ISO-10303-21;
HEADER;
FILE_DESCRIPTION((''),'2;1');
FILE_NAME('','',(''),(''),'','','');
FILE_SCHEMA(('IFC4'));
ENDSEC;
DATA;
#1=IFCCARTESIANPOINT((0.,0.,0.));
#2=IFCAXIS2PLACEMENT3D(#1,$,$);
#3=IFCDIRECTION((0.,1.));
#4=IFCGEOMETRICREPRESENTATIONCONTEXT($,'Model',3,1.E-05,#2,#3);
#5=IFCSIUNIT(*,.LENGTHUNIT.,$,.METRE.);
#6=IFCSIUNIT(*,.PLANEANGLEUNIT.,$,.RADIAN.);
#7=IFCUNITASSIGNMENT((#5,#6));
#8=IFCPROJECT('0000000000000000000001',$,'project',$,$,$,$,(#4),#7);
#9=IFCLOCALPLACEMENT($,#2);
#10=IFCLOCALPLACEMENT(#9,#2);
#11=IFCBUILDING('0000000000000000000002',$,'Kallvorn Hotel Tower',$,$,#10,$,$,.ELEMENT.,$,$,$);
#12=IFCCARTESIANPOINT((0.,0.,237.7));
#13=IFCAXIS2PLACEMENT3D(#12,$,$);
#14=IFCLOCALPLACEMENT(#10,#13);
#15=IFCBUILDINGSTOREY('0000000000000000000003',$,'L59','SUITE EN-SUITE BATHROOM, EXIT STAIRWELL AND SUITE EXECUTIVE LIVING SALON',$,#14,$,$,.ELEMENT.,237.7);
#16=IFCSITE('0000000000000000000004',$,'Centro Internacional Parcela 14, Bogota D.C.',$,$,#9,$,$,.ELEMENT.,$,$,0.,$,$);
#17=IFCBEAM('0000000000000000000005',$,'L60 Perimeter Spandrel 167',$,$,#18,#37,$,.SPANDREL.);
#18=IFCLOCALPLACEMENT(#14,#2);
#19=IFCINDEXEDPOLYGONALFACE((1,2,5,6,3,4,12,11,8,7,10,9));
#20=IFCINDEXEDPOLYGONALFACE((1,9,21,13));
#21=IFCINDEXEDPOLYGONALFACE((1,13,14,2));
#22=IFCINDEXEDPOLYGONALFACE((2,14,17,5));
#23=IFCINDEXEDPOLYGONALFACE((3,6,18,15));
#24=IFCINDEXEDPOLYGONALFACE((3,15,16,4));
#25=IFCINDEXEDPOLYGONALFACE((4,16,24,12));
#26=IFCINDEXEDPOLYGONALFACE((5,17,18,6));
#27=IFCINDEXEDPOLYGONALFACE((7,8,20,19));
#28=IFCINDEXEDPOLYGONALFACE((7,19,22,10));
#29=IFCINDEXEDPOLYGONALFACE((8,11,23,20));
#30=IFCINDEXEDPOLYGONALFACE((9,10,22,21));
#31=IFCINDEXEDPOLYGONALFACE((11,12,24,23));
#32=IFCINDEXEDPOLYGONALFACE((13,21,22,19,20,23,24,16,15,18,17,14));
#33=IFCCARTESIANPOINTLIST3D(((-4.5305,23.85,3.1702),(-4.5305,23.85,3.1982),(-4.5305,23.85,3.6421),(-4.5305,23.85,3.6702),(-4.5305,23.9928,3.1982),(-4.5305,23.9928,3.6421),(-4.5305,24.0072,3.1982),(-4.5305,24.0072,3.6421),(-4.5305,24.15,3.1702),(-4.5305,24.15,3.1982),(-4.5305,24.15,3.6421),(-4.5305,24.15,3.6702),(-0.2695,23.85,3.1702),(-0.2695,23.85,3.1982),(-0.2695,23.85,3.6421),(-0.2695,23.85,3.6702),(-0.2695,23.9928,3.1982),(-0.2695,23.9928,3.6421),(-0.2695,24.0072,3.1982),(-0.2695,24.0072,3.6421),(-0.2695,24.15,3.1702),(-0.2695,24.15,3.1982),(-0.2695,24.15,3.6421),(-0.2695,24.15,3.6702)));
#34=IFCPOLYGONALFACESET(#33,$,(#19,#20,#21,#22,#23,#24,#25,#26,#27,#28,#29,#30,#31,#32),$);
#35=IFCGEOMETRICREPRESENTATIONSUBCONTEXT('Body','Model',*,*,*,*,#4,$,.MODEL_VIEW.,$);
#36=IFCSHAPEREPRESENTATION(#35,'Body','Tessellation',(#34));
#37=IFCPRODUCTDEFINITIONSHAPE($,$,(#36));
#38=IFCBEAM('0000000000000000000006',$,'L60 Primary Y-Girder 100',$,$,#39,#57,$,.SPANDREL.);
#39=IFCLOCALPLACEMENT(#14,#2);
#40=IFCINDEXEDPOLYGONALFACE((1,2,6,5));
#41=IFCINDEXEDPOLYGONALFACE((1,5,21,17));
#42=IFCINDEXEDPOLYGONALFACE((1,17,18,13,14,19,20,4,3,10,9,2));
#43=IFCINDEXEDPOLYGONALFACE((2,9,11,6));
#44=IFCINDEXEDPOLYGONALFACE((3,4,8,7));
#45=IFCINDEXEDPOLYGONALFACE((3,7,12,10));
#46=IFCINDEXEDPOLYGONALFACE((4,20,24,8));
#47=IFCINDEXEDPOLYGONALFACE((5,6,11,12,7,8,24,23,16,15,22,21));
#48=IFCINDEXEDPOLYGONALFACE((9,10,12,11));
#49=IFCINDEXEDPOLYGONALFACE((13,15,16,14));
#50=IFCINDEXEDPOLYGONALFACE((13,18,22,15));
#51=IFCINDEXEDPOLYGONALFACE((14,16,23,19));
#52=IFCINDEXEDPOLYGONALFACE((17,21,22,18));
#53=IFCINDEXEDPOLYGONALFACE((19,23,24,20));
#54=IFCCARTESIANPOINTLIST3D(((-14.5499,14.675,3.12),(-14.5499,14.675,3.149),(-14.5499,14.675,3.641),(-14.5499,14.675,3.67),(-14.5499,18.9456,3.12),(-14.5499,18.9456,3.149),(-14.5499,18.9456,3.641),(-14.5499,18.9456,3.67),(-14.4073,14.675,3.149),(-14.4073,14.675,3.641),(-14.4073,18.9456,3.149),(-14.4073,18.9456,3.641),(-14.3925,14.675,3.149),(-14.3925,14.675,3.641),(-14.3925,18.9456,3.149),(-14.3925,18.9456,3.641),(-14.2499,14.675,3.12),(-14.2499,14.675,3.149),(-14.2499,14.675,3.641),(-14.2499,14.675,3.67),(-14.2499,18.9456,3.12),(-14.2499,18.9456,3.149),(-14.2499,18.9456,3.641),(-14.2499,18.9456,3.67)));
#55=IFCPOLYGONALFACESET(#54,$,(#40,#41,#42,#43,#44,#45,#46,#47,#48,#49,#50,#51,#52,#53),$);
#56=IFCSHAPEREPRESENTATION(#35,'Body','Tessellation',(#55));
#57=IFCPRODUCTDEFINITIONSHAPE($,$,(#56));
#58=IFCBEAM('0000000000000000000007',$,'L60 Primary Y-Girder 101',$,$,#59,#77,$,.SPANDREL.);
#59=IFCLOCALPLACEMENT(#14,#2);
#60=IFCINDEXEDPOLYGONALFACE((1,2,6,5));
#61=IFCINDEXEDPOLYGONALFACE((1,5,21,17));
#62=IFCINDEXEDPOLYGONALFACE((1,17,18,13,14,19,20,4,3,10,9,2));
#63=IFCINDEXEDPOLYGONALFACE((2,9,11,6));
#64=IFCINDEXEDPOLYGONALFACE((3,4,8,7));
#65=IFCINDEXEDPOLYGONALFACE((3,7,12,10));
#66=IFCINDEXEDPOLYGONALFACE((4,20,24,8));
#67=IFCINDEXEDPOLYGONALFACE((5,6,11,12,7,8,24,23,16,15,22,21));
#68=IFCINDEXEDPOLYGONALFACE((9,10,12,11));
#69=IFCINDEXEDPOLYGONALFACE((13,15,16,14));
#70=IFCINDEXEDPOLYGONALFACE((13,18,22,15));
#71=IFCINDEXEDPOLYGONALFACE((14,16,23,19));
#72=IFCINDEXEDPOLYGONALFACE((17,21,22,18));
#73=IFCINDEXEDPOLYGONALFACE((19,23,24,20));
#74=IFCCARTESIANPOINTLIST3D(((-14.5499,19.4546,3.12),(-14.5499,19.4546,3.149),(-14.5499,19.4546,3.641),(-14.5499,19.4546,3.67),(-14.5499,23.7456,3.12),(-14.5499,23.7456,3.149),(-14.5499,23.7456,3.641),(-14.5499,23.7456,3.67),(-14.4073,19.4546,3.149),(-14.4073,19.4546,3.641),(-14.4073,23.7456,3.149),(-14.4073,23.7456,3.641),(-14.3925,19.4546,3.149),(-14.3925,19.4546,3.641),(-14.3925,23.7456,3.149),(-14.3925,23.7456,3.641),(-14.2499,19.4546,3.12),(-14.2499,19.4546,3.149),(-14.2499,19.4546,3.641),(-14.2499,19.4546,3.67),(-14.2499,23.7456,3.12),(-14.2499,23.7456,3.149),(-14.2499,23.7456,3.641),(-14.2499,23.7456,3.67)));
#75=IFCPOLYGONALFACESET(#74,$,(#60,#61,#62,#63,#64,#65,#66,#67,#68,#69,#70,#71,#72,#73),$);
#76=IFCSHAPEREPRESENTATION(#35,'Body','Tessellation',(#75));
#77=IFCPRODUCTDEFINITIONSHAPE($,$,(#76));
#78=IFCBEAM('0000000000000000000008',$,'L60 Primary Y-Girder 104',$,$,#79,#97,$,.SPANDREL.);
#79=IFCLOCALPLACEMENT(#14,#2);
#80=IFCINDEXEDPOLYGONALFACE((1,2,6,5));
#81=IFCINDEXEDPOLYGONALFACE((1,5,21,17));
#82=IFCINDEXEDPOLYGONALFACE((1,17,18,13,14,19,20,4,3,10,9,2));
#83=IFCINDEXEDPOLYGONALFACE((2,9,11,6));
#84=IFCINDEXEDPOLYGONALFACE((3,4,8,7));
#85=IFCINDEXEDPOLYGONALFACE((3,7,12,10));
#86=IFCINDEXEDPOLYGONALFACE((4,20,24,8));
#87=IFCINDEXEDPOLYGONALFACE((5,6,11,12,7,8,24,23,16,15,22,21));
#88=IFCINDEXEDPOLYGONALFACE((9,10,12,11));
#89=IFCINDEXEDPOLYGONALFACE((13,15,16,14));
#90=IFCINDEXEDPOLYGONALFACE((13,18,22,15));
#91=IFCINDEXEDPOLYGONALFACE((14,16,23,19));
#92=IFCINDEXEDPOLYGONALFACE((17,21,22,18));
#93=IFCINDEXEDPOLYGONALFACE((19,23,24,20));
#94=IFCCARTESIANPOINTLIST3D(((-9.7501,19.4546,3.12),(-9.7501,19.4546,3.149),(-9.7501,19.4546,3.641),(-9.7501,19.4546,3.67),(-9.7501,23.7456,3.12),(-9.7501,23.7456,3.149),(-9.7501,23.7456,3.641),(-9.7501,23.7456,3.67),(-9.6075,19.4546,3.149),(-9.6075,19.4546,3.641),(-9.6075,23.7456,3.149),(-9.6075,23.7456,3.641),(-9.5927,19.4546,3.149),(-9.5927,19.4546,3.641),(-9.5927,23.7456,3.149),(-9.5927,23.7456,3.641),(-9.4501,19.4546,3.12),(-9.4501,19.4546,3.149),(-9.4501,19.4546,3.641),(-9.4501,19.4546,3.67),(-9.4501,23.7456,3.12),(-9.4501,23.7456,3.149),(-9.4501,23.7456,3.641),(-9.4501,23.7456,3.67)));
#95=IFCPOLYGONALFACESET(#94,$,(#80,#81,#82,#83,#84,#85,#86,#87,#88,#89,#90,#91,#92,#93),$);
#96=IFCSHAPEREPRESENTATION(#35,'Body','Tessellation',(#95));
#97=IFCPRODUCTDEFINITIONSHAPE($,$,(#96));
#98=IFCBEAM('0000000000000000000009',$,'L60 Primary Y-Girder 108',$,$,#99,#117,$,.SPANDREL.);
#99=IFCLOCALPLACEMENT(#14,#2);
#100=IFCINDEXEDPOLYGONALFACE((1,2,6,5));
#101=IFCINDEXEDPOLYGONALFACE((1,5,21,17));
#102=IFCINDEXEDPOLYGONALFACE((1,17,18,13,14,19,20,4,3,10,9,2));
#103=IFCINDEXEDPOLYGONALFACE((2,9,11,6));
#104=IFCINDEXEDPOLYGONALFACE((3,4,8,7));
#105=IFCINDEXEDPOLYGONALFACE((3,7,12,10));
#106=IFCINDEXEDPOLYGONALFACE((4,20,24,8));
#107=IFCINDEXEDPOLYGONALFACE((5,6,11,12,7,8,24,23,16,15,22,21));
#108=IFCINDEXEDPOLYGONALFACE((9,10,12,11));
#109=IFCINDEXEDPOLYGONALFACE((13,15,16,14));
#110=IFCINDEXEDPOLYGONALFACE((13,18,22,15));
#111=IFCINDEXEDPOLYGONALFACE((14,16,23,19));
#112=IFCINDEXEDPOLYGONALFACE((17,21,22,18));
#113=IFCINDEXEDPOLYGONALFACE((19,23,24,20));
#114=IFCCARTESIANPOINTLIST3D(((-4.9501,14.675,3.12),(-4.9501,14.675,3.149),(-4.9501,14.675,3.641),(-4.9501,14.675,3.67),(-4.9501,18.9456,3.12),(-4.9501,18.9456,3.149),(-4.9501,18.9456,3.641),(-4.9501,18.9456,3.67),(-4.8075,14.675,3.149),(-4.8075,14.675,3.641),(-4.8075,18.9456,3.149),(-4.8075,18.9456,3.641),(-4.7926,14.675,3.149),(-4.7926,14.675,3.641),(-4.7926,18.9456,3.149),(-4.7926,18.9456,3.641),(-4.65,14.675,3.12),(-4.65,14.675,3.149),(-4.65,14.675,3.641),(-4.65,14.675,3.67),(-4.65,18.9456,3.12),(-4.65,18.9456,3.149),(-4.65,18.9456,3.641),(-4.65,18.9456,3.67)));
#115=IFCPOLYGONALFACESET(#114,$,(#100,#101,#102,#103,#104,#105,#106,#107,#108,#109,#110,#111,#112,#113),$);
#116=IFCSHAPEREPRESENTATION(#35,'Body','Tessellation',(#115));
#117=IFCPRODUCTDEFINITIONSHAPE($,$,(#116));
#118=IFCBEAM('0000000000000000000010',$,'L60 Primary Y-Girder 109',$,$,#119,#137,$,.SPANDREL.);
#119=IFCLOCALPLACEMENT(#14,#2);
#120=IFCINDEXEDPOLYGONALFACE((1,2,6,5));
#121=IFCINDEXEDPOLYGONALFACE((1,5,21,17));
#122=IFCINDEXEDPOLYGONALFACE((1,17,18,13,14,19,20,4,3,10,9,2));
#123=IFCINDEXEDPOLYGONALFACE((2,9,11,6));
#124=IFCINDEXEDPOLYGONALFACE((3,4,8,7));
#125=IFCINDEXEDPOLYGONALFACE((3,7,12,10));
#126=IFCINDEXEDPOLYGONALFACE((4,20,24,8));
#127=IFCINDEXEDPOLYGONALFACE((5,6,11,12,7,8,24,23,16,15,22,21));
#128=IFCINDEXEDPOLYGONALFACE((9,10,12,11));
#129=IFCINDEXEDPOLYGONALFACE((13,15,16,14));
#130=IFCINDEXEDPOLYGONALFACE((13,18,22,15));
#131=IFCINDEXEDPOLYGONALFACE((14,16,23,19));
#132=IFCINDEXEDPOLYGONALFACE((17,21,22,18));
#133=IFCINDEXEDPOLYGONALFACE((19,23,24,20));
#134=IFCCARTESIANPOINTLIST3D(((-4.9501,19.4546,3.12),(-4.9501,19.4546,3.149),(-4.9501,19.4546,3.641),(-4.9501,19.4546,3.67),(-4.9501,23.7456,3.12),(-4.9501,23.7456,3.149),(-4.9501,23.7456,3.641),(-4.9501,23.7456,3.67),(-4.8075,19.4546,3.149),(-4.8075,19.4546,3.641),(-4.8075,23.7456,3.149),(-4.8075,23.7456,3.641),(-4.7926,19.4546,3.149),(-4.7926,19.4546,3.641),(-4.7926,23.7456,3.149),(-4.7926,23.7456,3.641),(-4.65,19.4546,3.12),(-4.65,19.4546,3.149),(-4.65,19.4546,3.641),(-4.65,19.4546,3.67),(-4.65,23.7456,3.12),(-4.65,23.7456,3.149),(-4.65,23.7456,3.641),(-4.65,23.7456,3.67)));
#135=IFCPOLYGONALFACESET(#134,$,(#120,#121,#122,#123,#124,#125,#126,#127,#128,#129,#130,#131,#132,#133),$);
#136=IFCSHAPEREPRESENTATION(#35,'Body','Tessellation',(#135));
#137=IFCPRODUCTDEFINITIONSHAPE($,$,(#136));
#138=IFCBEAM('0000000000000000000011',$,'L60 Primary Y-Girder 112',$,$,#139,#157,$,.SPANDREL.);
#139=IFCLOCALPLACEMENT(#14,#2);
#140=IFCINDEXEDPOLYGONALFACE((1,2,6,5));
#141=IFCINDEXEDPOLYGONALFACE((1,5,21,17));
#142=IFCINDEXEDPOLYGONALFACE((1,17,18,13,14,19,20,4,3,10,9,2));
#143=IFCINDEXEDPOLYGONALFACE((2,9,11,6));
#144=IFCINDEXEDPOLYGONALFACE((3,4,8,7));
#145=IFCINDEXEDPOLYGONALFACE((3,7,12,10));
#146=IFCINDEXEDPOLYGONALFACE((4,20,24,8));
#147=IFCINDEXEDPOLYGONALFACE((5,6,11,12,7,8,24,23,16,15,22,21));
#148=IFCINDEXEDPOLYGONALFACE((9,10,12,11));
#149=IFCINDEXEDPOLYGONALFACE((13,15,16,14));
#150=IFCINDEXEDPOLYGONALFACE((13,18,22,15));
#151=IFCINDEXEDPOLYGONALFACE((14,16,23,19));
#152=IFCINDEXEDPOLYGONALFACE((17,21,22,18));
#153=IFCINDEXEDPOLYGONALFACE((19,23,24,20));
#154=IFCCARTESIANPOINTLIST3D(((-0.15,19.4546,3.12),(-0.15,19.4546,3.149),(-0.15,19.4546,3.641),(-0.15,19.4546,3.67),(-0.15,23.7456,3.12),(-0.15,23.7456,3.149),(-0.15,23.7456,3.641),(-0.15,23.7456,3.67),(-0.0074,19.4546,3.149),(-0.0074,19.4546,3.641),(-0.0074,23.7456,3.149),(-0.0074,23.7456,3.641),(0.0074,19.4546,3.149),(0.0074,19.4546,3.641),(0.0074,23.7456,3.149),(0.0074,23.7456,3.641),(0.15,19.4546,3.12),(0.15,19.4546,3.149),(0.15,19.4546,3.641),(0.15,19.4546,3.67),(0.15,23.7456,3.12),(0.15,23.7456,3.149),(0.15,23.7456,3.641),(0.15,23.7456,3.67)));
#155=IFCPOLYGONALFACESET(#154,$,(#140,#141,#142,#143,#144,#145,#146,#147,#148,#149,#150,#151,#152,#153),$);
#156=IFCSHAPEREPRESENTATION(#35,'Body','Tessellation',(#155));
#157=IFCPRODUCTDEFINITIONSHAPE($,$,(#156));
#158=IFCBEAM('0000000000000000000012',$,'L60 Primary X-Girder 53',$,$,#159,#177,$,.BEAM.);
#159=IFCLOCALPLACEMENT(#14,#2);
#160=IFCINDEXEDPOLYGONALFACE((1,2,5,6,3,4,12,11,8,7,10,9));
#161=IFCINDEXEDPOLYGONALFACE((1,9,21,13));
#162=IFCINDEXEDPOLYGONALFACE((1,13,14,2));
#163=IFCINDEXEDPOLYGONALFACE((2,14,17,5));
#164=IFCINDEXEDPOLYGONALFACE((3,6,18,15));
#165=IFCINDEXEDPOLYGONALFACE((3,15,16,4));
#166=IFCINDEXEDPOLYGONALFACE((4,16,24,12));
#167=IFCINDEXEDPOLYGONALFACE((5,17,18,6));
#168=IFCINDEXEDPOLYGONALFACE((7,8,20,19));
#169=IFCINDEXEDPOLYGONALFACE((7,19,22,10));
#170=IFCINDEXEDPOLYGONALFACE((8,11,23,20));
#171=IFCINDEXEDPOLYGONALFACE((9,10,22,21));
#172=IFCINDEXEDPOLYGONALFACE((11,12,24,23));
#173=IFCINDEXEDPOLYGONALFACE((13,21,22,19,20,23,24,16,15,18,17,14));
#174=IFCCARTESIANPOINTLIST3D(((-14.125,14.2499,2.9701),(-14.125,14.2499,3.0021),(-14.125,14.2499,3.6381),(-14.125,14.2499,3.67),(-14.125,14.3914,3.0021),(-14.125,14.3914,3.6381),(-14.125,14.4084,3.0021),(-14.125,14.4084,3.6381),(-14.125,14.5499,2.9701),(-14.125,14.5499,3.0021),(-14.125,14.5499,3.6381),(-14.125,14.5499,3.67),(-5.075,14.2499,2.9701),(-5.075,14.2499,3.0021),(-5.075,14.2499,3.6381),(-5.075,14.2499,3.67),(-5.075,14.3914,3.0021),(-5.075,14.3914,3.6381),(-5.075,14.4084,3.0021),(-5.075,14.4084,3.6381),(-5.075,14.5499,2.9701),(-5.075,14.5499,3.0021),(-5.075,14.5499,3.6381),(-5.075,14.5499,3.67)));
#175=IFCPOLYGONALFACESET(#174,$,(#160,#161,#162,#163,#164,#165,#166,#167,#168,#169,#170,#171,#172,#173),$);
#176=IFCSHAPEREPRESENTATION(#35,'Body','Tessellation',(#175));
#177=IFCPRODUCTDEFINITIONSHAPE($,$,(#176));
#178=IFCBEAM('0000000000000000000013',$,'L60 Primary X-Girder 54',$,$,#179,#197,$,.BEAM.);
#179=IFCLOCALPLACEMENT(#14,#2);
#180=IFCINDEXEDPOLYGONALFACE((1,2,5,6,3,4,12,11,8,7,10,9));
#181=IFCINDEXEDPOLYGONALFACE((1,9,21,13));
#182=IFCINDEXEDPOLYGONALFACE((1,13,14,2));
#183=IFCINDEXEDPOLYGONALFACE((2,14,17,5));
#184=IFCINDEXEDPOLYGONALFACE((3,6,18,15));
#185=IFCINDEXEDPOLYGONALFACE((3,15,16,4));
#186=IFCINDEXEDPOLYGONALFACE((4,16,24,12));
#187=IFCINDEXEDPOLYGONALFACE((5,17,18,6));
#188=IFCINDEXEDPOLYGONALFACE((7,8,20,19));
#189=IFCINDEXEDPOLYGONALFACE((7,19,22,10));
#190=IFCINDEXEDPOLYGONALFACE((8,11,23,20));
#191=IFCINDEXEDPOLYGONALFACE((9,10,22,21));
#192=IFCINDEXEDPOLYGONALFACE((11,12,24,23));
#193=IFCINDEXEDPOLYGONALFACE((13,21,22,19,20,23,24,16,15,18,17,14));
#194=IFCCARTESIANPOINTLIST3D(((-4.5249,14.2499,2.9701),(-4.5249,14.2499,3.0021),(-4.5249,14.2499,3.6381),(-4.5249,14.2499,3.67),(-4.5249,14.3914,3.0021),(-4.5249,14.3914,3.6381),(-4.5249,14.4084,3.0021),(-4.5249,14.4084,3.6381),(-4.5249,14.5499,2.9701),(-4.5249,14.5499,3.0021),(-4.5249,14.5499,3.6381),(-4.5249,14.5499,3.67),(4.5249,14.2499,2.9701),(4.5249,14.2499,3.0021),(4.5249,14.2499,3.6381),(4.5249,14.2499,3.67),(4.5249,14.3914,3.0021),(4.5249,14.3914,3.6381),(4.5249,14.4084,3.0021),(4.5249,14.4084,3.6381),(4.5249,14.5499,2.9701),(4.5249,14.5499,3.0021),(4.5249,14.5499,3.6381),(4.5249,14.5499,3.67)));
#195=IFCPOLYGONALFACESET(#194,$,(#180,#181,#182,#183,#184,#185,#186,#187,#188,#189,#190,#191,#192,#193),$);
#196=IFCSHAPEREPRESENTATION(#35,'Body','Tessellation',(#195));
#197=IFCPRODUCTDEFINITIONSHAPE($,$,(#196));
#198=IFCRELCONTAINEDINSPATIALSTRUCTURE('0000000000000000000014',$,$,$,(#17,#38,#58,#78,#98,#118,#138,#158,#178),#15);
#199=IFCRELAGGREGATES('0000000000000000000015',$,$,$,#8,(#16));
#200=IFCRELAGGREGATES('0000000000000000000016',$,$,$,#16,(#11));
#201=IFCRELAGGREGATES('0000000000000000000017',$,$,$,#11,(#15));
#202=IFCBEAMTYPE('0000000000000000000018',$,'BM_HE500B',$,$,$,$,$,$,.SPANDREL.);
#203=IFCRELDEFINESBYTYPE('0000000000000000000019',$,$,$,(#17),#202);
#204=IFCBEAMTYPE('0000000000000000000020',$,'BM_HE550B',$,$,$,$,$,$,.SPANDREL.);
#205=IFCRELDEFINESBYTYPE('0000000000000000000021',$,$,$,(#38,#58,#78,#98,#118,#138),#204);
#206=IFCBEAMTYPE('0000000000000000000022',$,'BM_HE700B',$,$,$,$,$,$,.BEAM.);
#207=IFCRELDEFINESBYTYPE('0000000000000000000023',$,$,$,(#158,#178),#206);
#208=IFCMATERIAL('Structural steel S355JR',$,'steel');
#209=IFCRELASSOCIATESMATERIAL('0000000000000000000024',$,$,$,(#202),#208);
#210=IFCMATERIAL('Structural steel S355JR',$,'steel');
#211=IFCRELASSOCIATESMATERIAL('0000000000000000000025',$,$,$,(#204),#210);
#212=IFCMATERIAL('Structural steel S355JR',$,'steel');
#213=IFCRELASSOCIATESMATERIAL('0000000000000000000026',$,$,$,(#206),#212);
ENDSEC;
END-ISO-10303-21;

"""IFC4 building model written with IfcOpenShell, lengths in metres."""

from ifc_helpers import new_model, si_unit, direction, frame, origin, origin_2d, place, context, subcontext, project, spatial, i_section, extrude, material, material_profile, profile_set, type_object, element, save


model = new_model("IFC4")

# Units and contexts
model_context = context("Model", 3, precision=1e-05, world=origin(), true_north=direction((0.0, 1.0)))
body_context = subcontext(model_context, "Body", "Model", "MODEL_VIEW")
ifc_project = project(units=[si_unit("LENGTHUNIT", "METRE"), si_unit("PLANEANGLEUNIT", "RADIAN")], contexts=[model_context])

# Site, building, storey
site_placement = place(None, origin())
site = spatial("IfcSite", under=ifc_project, at=site_placement, Name="Centro Internacional Parcela 14, Bogota D.C.", CompositionType="ELEMENT", RefElevation=0.0)
building_placement = place(site_placement, origin())
building = spatial("IfcBuilding", under=site, at=building_placement, Name="Kallvorn Hotel Tower", CompositionType="ELEMENT")
storey_placement = place(building_placement, frame((0.0, 0.0, 237.7)))
storey = spatial("IfcBuildingStorey", under=building, at=storey_placement, Name="L59", Description="SUITE EN-SUITE BATHROOM, EXIT STAIRWELL AND SUITE EXECUTIVE LIVING SALON", CompositionType="ELEMENT", Elevation=237.7)

# Beams
ifc_material_1 = material(Name="Structural steel S355JR", Category="steel")
ifc_material_profile_1 = material_profile(ifc_material_1, i_section(OverallWidth=0.3, OverallDepth=0.5, WebThickness=0.0144, FlangeThickness=0.0281, at=origin_2d()), Name="HE 500 B")
ifc_profile_set_1 = profile_set([ifc_material_profile_1], Name="Structural steel S355JR")
beam_type_1 = type_object("IfcBeamType", Name="BM_HE500B", PredefinedType="SPANDREL", material=ifc_profile_set_1)
for number, where, z_axis, x_axis, name in (
    (1, (-4.5305, 24.0, 3.4202), (1.0, 0.0, 0.0), (0.0, 1.0, 0.0), "L60 Perimeter Spandrel 167"),
):
    element("IfcBeam", number, at=place(storey_placement, frame(where, z_axis=z_axis, x_axis=x_axis)), inside=storey, type_object=beam_type_1, Name=name, PredefinedType="SPANDREL", context=body_context, shape_type="SweptSolid", body=[
        extrude(i_section(OverallWidth=0.3, OverallDepth=0.5, WebThickness=0.0144, FlangeThickness=0.0281, at=origin_2d()), origin(), (0.0, 0.0, 1.0), 4.261),
    ])
ifc_material_2 = material(Name="Structural steel S355JR", Category="steel")
ifc_material_profile_2 = material_profile(ifc_material_2, i_section(OverallWidth=0.3, OverallDepth=0.55, WebThickness=0.0149, FlangeThickness=0.0291, at=origin_2d()), Name="HE 550 B")
ifc_profile_set_2 = profile_set([ifc_material_profile_2], Name="Structural steel S355JR")
beam_type_2 = type_object("IfcBeamType", Name="BM_HE550B", PredefinedType="SPANDREL", material=ifc_profile_set_2)
beam_1_placement = place(storey_placement, frame((-14.3999, 14.675, 3.395), z_axis=(0.0, 1.0, 0.0), x_axis=(-1.0, 0.0, 0.0)))
element("IfcBeam", 2, at=beam_1_placement, inside=storey, type_object=beam_type_2, Name="L60 Primary Y-Girder 100", PredefinedType="SPANDREL", context=body_context, shape_type="SweptSolid", body=[
    extrude(i_section(OverallWidth=0.3, OverallDepth=0.55, WebThickness=0.0149, FlangeThickness=0.0291, at=origin_2d()), origin(), (0.0, 0.0, 1.0), 4.2705),
])
for number, where, z_axis, x_axis, name in (
    (3, (-14.3999, 19.4546, 3.395), (0.0, 1.0, 0.0), (-1.0, 0.0, 0.0), "L60 Primary Y-Girder 101"),
    (4, (-9.6001, 19.4546, 3.395), (0.0, 1.0, 0.0), (-1.0, 0.0, 0.0), "L60 Primary Y-Girder 104"),
):
    element("IfcBeam", number, at=place(storey_placement, frame(where, z_axis=z_axis, x_axis=x_axis)), inside=storey, type_object=beam_type_2, Name=name, PredefinedType="SPANDREL", context=body_context, shape_type="SweptSolid", body=[
        extrude(i_section(OverallWidth=0.3, OverallDepth=0.55, WebThickness=0.0149, FlangeThickness=0.0291, at=origin_2d()), origin(), (0.0, 0.0, 1.0), 4.291),
    ])
beam_2_placement = place(storey_placement, frame((-4.8, 14.675, 3.395), z_axis=(0.0, 1.0, 0.0), x_axis=(-1.0, 0.0, 0.0)))
element("IfcBeam", 5, at=beam_2_placement, inside=storey, type_object=beam_type_2, Name="L60 Primary Y-Girder 108", PredefinedType="SPANDREL", context=body_context, shape_type="SweptSolid", body=[
    extrude(i_section(OverallWidth=0.3, OverallDepth=0.55, WebThickness=0.0149, FlangeThickness=0.0291, at=origin_2d()), origin(), (0.0, 0.0, 1.0), 4.2705),
])
for number, where, z_axis, x_axis, name in (
    (6, (-4.8, 19.4546, 3.395), (0.0, 1.0, 0.0), (-1.0, 0.0, 0.0), "L60 Primary Y-Girder 109"),
    (7, (0.0, 19.4546, 3.395), (0.0, 1.0, 0.0), (-1.0, 0.0, 0.0), "L60 Primary Y-Girder 112"),
):
    element("IfcBeam", number, at=place(storey_placement, frame(where, z_axis=z_axis, x_axis=x_axis)), inside=storey, type_object=beam_type_2, Name=name, PredefinedType="SPANDREL", context=body_context, shape_type="SweptSolid", body=[
        extrude(i_section(OverallWidth=0.3, OverallDepth=0.55, WebThickness=0.0149, FlangeThickness=0.0291, at=origin_2d()), origin(), (0.0, 0.0, 1.0), 4.291),
    ])
ifc_material_3 = material(Name="Structural steel S355JR", Category="steel")
ifc_material_profile_3 = material_profile(ifc_material_3, i_section(OverallWidth=0.3, OverallDepth=0.7, WebThickness=0.0171, FlangeThickness=0.032, at=origin_2d()), Name="HE 700 B")
ifc_profile_set_3 = profile_set([ifc_material_profile_3], Name="Structural steel S355JR")
beam_type_3 = type_object("IfcBeamType", Name="BM_HE700B", PredefinedType="BEAM", material=ifc_profile_set_3)
beam_3_placement = place(storey_placement, frame((-14.125, 14.3999, 3.3201), z_axis=(1.0, 0.0, 0.0), x_axis=(0.0, 1.0, 0.0)))
element("IfcBeam", 8, at=beam_3_placement, inside=storey, type_object=beam_type_3, Name="L60 Primary X-Girder 53", PredefinedType="BEAM", context=body_context, shape_type="SweptSolid", body=[
    extrude(i_section(OverallWidth=0.3, OverallDepth=0.7, WebThickness=0.0171, FlangeThickness=0.032, at=origin_2d()), origin(), (0.0, 0.0, 1.0), 9.05),
])
beam_4_placement = place(storey_placement, frame((-4.5249, 14.3999, 3.3201), z_axis=(1.0, 0.0, 0.0), x_axis=(0.0, 1.0, 0.0)))
element("IfcBeam", 9, at=beam_4_placement, inside=storey, type_object=beam_type_3, Name="L60 Primary X-Girder 54", PredefinedType="BEAM", context=body_context, shape_type="SweptSolid", body=[
    extrude(i_section(OverallWidth=0.3, OverallDepth=0.7, WebThickness=0.0171, FlangeThickness=0.032, at=origin_2d()), origin(), (0.0, 0.0, 1.0), 9.0498),
])

save(model, "model.ifc")
